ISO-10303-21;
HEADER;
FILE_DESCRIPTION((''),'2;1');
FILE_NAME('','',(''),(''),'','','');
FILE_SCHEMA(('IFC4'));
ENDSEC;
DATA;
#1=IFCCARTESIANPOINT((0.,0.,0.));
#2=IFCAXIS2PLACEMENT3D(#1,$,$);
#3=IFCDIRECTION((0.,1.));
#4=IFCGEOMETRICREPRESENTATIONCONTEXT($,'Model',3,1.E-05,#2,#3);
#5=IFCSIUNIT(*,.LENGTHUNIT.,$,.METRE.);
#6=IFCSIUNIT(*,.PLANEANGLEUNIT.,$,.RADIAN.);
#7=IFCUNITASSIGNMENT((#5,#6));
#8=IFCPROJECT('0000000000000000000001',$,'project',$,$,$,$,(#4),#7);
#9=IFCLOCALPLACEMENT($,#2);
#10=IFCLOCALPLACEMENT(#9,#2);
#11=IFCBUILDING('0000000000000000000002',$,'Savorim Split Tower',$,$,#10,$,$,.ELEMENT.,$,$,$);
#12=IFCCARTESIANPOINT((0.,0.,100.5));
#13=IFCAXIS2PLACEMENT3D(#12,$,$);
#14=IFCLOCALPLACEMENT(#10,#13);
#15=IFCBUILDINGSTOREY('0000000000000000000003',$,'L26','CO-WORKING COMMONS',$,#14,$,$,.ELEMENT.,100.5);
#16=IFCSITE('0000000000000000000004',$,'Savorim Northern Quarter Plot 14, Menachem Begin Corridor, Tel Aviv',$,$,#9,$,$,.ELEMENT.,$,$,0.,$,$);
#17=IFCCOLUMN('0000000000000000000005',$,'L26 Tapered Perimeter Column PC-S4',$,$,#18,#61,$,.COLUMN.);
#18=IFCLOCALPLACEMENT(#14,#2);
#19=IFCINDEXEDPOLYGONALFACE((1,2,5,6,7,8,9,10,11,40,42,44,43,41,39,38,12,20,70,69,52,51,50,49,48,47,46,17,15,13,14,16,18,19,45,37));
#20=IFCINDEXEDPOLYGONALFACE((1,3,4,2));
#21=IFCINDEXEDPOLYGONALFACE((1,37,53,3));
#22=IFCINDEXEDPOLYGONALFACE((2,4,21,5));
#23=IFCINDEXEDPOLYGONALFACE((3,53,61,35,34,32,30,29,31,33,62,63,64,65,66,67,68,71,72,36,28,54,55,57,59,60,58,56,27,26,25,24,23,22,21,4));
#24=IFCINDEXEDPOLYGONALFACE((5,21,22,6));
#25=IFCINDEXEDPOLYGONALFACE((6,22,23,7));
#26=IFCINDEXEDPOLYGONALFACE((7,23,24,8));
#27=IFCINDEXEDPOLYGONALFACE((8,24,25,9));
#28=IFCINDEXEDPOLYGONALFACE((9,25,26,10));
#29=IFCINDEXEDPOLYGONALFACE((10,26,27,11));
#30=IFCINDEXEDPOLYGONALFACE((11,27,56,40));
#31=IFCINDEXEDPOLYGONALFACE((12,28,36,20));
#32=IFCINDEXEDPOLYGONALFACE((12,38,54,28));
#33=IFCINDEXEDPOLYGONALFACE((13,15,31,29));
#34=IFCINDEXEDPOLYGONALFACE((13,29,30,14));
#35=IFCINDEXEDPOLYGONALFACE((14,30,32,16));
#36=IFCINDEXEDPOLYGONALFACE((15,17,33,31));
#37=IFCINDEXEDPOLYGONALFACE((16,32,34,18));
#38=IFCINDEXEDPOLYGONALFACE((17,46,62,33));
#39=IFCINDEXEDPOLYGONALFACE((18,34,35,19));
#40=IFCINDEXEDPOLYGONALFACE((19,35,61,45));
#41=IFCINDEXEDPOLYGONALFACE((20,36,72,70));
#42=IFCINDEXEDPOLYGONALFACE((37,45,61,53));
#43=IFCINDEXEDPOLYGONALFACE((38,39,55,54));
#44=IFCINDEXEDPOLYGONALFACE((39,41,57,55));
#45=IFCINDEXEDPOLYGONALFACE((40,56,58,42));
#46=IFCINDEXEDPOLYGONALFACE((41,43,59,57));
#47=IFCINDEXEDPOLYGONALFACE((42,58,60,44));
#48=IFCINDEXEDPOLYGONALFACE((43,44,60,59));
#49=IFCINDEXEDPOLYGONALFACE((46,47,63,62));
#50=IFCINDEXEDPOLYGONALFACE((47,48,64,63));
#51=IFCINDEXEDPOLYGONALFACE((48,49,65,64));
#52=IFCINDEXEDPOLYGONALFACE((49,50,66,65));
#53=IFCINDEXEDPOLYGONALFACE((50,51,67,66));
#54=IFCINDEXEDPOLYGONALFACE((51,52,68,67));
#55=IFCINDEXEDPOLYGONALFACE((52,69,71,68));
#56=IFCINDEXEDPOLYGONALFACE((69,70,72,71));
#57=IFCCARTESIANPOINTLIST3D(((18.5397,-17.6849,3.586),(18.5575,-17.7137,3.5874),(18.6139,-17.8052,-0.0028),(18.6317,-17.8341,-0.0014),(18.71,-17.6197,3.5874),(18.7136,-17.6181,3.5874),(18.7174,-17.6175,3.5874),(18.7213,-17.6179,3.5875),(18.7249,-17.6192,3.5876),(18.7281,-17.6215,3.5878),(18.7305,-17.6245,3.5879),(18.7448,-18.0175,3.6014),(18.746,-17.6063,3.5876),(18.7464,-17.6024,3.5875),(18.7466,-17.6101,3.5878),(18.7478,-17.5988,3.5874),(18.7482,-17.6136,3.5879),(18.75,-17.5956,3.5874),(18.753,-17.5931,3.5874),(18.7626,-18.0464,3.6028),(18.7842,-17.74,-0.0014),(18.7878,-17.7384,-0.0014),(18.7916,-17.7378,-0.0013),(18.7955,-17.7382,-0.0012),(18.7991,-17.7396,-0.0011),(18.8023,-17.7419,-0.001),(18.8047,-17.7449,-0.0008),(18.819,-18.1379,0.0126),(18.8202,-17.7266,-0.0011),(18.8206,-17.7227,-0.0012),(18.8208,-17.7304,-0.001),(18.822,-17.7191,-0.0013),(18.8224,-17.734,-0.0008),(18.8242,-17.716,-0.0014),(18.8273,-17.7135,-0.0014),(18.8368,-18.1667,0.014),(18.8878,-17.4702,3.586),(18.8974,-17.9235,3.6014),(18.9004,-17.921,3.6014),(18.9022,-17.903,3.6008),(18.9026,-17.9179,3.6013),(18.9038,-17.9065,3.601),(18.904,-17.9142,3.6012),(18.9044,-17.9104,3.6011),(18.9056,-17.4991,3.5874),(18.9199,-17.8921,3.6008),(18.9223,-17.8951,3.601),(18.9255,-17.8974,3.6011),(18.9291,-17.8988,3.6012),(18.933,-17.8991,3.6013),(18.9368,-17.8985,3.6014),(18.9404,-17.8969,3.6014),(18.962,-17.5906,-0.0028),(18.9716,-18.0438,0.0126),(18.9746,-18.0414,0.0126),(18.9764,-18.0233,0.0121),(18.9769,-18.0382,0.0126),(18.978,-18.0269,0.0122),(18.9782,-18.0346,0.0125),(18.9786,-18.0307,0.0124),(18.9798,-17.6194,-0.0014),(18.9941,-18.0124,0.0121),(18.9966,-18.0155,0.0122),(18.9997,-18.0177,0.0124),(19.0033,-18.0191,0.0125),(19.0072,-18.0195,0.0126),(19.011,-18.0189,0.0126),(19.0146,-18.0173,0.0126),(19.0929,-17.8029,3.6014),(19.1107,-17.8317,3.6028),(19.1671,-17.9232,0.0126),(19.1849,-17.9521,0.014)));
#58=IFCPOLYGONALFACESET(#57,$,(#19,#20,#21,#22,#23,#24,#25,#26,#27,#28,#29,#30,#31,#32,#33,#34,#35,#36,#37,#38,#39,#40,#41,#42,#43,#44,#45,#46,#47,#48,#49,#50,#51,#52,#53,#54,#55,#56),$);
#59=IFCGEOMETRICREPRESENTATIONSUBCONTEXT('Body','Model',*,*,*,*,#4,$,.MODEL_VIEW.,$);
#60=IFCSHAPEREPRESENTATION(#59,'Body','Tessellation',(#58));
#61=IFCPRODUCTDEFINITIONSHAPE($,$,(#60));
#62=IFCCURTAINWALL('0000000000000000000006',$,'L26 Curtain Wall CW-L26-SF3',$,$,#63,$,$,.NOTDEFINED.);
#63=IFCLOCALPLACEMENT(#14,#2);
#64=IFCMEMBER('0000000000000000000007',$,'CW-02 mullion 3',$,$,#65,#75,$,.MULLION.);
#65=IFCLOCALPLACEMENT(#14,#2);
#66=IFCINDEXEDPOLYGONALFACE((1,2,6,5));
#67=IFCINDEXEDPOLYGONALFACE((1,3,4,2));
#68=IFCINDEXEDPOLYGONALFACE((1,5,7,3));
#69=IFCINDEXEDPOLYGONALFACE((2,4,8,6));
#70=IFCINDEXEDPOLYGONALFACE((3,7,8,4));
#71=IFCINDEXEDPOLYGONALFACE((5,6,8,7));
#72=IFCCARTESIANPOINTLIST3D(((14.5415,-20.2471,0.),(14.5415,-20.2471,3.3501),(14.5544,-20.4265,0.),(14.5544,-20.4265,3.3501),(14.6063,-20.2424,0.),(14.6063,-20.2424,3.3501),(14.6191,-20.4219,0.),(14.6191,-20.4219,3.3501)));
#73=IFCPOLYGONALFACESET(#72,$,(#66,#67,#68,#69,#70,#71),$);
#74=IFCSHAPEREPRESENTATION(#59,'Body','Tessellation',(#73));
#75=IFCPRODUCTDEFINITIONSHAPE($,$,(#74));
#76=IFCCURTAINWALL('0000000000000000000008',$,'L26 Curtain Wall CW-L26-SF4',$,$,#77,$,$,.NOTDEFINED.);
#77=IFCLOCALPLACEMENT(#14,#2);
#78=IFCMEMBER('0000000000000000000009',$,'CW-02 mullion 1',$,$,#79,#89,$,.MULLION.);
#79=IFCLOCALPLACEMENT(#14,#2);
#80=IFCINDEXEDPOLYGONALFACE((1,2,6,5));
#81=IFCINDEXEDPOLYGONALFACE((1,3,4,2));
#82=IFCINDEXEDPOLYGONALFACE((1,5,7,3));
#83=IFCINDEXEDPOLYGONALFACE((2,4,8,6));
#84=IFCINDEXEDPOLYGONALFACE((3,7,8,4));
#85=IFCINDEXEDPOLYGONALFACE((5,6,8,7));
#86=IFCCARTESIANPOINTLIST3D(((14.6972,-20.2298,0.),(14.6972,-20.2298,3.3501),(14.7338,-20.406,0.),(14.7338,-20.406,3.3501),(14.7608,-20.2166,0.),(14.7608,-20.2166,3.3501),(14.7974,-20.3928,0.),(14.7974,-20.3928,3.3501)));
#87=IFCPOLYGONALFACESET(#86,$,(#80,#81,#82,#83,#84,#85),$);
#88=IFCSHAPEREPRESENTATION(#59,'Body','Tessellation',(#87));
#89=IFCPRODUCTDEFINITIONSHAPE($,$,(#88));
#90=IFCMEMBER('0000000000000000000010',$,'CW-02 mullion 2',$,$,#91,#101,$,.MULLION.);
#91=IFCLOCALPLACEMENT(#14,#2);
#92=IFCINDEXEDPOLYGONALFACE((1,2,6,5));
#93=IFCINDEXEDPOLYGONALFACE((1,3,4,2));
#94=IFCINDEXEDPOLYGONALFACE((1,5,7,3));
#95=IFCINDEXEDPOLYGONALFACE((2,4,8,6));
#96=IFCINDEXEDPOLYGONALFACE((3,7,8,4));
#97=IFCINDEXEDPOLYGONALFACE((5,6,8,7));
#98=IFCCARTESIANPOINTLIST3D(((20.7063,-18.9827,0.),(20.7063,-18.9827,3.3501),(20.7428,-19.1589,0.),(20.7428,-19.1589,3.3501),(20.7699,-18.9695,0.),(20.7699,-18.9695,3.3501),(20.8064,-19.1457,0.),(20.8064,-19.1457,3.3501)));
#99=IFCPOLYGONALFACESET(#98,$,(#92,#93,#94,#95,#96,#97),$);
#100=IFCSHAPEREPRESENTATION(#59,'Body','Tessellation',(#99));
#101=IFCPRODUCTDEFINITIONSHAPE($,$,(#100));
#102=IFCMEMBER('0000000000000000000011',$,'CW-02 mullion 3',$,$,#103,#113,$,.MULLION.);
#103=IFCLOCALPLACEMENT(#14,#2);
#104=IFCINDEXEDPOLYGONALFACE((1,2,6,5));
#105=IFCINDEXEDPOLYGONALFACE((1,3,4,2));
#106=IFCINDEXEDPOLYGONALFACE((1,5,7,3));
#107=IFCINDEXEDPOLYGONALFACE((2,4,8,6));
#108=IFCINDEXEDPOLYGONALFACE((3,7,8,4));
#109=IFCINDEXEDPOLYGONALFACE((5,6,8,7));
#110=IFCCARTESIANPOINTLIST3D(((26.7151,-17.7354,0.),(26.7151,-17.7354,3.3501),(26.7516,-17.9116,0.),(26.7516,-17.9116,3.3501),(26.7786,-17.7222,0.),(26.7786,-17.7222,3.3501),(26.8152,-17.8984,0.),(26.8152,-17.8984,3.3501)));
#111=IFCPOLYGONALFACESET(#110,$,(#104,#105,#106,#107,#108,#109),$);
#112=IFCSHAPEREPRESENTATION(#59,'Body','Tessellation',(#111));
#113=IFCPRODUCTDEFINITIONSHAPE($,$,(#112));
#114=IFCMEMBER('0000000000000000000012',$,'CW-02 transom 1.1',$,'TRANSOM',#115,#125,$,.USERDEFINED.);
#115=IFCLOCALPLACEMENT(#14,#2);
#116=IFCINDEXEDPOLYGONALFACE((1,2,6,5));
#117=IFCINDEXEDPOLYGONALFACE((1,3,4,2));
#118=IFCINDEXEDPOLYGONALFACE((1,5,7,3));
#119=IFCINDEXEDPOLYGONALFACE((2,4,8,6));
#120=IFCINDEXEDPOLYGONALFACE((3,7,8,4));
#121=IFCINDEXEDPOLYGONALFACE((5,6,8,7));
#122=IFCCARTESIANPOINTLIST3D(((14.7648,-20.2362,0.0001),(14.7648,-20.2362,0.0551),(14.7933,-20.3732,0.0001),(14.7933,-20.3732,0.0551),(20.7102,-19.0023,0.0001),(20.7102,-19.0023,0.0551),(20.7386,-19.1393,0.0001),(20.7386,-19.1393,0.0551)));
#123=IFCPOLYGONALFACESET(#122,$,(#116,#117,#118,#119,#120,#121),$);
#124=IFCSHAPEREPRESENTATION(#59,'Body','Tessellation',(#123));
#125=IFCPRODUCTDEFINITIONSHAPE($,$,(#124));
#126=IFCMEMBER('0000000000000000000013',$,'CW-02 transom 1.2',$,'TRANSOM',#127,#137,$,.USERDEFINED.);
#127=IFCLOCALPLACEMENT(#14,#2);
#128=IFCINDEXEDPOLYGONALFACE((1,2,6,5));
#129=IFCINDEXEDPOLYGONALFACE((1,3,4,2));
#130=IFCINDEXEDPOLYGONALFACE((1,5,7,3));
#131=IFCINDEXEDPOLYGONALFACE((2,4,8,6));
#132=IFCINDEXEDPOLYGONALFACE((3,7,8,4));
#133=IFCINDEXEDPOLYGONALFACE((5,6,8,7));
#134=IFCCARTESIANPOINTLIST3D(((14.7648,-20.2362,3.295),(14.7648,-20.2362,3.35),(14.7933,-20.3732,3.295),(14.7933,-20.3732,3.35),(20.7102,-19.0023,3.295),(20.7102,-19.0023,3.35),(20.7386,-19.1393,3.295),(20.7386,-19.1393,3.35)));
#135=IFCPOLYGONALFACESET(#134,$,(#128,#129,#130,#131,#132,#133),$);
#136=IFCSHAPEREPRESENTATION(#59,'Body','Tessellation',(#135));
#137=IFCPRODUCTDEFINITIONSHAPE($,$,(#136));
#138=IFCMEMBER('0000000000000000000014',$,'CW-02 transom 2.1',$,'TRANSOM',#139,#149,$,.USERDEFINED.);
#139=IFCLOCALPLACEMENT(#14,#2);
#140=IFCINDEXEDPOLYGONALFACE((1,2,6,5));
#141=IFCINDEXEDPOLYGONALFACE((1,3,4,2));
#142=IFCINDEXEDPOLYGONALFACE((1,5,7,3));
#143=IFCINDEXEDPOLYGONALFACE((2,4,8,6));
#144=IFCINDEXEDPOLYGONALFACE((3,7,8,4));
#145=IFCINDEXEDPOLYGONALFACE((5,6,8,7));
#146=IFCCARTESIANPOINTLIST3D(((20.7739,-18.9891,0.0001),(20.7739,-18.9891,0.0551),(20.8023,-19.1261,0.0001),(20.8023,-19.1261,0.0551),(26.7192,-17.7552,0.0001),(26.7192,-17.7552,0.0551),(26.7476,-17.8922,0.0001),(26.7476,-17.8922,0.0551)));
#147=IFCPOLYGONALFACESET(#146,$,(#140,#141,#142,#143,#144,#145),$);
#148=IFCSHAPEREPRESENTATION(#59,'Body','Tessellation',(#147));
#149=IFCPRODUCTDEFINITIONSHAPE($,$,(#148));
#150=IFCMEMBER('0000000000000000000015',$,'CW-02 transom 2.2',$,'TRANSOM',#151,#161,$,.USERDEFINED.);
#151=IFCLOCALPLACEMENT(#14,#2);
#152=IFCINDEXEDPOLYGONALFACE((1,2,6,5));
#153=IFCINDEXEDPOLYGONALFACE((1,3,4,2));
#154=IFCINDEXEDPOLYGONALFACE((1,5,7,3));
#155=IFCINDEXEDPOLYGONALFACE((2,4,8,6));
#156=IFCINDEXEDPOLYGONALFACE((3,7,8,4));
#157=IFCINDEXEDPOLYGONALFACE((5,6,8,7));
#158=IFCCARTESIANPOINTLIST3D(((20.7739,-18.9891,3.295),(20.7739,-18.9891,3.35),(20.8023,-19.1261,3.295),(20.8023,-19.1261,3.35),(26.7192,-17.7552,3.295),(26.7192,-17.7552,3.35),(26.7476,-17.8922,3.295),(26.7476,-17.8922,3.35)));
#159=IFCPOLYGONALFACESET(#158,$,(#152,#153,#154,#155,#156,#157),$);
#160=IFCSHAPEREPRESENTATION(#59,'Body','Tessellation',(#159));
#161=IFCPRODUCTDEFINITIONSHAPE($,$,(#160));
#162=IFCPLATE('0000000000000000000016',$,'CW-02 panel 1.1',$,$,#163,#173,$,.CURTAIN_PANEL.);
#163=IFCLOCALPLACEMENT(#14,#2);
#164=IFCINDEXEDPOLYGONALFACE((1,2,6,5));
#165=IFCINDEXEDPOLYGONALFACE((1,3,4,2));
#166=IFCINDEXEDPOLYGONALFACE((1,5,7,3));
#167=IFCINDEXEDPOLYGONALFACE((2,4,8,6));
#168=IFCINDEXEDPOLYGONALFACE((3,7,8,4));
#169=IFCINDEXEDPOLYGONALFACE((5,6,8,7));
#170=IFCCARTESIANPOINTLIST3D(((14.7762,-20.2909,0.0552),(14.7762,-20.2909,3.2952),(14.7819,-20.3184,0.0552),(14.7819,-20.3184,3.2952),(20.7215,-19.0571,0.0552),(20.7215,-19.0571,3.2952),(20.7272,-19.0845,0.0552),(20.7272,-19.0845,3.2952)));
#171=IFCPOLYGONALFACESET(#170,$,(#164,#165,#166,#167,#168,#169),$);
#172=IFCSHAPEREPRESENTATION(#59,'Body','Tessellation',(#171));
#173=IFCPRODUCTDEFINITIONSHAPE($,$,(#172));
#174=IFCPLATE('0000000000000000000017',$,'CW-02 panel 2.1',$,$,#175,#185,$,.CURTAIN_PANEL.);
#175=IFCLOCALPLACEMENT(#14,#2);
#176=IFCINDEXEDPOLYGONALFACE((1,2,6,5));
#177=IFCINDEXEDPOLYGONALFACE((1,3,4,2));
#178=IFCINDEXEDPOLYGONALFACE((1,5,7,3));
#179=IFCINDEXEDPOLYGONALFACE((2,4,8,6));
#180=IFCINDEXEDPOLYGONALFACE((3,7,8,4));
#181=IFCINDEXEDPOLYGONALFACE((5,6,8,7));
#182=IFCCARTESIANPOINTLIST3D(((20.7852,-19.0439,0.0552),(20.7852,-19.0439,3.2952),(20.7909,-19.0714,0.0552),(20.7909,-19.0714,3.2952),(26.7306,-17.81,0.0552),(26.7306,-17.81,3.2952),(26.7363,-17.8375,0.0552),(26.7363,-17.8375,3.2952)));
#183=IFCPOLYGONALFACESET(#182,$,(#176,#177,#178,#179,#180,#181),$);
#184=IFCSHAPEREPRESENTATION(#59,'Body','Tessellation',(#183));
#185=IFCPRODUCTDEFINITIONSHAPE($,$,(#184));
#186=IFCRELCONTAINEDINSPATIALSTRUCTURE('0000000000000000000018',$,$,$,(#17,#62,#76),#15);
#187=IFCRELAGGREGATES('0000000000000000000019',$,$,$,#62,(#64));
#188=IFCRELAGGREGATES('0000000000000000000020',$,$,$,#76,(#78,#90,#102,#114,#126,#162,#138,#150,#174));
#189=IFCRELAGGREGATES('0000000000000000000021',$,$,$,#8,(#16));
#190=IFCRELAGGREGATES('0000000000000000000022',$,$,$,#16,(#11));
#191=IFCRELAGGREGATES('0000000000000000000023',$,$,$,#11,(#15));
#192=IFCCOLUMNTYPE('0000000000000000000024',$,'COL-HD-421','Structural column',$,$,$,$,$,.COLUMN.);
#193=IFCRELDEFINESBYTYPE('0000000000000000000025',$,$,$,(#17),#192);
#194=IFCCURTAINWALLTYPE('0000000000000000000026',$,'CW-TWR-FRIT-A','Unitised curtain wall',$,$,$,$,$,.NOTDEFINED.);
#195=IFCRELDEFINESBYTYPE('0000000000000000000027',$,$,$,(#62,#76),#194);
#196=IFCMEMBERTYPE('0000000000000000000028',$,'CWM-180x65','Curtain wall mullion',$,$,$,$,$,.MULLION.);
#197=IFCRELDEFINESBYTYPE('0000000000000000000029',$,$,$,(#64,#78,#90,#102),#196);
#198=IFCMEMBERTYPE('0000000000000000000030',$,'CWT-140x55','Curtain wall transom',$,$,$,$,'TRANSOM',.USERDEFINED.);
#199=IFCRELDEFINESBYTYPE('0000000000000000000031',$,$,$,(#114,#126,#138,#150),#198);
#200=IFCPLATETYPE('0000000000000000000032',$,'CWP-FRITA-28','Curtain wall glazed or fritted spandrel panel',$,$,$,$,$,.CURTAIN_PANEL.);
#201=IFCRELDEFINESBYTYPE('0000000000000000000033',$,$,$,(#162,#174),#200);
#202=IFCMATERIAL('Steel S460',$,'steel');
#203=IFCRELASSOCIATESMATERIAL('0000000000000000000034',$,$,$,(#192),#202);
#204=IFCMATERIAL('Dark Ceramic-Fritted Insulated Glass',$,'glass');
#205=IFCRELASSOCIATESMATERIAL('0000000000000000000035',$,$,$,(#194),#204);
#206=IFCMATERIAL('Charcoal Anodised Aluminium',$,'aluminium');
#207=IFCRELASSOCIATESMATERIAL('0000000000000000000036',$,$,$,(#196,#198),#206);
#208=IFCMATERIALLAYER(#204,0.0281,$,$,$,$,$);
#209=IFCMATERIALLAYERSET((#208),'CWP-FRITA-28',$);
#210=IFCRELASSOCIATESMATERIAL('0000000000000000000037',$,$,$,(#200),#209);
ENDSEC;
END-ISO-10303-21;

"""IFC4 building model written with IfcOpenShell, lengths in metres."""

from ifc_helpers import new_model, si_unit, direction, frame, origin, origin_2d, place, context, subcontext, project, spatial, rectangle, i_section, extrude, material, layer, layer_set, material_profile, profile_set, type_object, element, aggregate, save


model = new_model("IFC4")

# Units and contexts
model_context = context("Model", 3, precision=1e-05, world=origin(), true_north=direction((0.0, 1.0)))
body_context = subcontext(model_context, "Body", "Model", "MODEL_VIEW")
ifc_project = project(units=[si_unit("LENGTHUNIT", "METRE"), si_unit("PLANEANGLEUNIT", "RADIAN")], contexts=[model_context])

# Site, building, storey
site_placement = place(None, origin())
site = spatial("IfcSite", under=ifc_project, at=site_placement, Name="Savorim Northern Quarter Plot 14, Menachem Begin Corridor, Tel Aviv", CompositionType="ELEMENT", RefElevation=0.0)
building_placement = place(site_placement, origin())
building = spatial("IfcBuilding", under=site, at=building_placement, Name="Savorim Split Tower", CompositionType="ELEMENT")
storey_placement = place(building_placement, frame((0.0, 0.0, 100.5)))
storey = spatial("IfcBuildingStorey", under=building, at=storey_placement, Name="L26", Description="CO-WORKING COMMONS", CompositionType="ELEMENT", Elevation=100.5)

# Column
ifc_material_1 = material(Name="Steel S460", Category="steel")
ifc_material_profile_1 = material_profile(ifc_material_1, i_section(OverallWidth=0.4089, OverallDepth=0.425, WebThickness=0.0208, FlangeThickness=0.0339, FilletRadius=0.0149, at=origin_2d()), Name="HD 400x421")
ifc_profile_set_1 = profile_set([ifc_material_profile_1], Name="Steel S460")
column_type = type_object("IfcColumnType", Name="COL-HD-421", Description="Structural column", PredefinedType="COLUMN", material=ifc_profile_set_1)
column_placement = place(storey_placement, frame((18.8994, -17.8787, 0.0056), z_axis=(-0.020664, 0.033511, 0.999225), x_axis=(-0.851184, -0.524868, 0.0)))
element("IfcColumn", 1, at=column_placement, inside=storey, type_object=column_type, Name="L26 Tapered Perimeter Column PC-S4", PredefinedType="COLUMN", context=body_context, shape_type="SweptSolid", body=[
    extrude(i_section(OverallWidth=0.4089, OverallDepth=0.425, WebThickness=0.0208, FlangeThickness=0.0339, FilletRadius=0.0149, at=origin_2d()), origin(), (0.0, 0.0, 1.0), 3.5916),
])

# Curtain wall, member
ifc_material_2 = material(Name="Dark Ceramic-Fritted Insulated Glass", Category="glass")
curtain_wall_type = type_object("IfcCurtainWallType", Name="CW-TWR-FRIT-A", Description="Unitised curtain wall", PredefinedType="NOTDEFINED", material=ifc_material_2)
curtain_wall_1_placement = place(storey_placement, origin())
curtain_wall_1 = element("IfcCurtainWall", 2, at=curtain_wall_1_placement, inside=storey, type_object=curtain_wall_type, Name="L26 Curtain Wall CW-L26-SF3", PredefinedType="NOTDEFINED")
ifc_material_3 = material(Name="Charcoal Anodised Aluminium", Category="aluminium")
ifc_material_profile_2 = material_profile(ifc_material_3, rectangle(XDim=0.1799, YDim=0.0649, at=origin_2d()), Name="ALU-M 180x65")
ifc_profile_set_2 = profile_set([ifc_material_profile_2], Name="Charcoal Anodised Aluminium")
member_type_1 = type_object("IfcMemberType", Name="CWM-180x65", Description="Curtain wall mullion", PredefinedType="MULLION", material=ifc_profile_set_2)
member_1_placement = place(storey_placement, frame((14.5803, -20.3345, 0.0), z_axis=(0.0, 0.0, 1.0), x_axis=(-0.071561, 0.997436, 0.0)))
member_1 = element("IfcMember", 3, at=member_1_placement, type_object=member_type_1, Name="CW-02 mullion 3", PredefinedType="MULLION", context=body_context, shape_type="SweptSolid", body=[
    extrude(rectangle(XDim=0.1799, YDim=0.0649, at=origin_2d()), origin(), (0.0, 0.0, 1.0), 3.3501),
])
aggregate(curtain_wall_1, [member_1])

# Curtain wall, members, plates
curtain_wall_2_placement = place(storey_placement, origin())
curtain_wall_2 = element("IfcCurtainWall", 4, at=curtain_wall_2_placement, inside=storey, type_object=curtain_wall_type, Name="L26 Curtain Wall CW-L26-SF4", PredefinedType="NOTDEFINED")
member_2_placement = place(storey_placement, frame((14.7473, -20.3113, 0.0), z_axis=(0.0, 0.0, 1.0), x_axis=(-0.20321, 0.979135, 0.0)))
member_2 = element("IfcMember", 5, at=member_2_placement, type_object=member_type_1, Name="CW-02 mullion 1", PredefinedType="MULLION", context=body_context, shape_type="SweptSolid", body=[
    extrude(rectangle(XDim=0.1799, YDim=0.0649, at=origin_2d()), origin(), (0.0, 0.0, 1.0), 3.3501),
])
member_3_placement = place(storey_placement, frame((20.7563, -19.0642, 0.0), z_axis=(0.0, 0.0, 1.0), x_axis=(-0.20321, 0.979135, 0.0)))
member_3 = element("IfcMember", 6, at=member_3_placement, type_object=member_type_1, Name="CW-02 mullion 2", PredefinedType="MULLION", context=body_context, shape_type="SweptSolid", body=[
    extrude(rectangle(XDim=0.1799, YDim=0.0649, at=origin_2d()), origin(), (0.0, 0.0, 1.0), 3.3501),
])
member_4_placement = place(storey_placement, frame((26.7651, -17.8169, 0.0), z_axis=(0.0, 0.0, 1.0), x_axis=(-0.20321, 0.979135, 0.0)))
member_4 = element("IfcMember", 7, at=member_4_placement, type_object=member_type_1, Name="CW-02 mullion 3", PredefinedType="MULLION", context=body_context, shape_type="SweptSolid", body=[
    extrude(rectangle(XDim=0.1799, YDim=0.0649, at=origin_2d()), origin(), (0.0, 0.0, 1.0), 3.3501),
])
ifc_material_profile_3 = material_profile(ifc_material_3, rectangle(XDim=0.1399, YDim=0.0549, at=origin_2d()), Name="ALU-T 140x55")
ifc_profile_set_3 = profile_set([ifc_material_profile_3], Name="Charcoal Anodised Aluminium")
member_type_2 = type_object("IfcMemberType", Name="CWT-140x55", Description="Curtain wall transom", ElementType="TRANSOM", PredefinedType="USERDEFINED", material=ifc_profile_set_3)
member_5_placement = place(storey_placement, frame((14.7791, -20.3047, 0.0276), z_axis=(0.979135, 0.203209, 0.0), x_axis=(-0.203209, 0.979135, 0.0)))
member_5 = element("IfcMember", 8, at=member_5_placement, type_object=member_type_2, Name="CW-02 transom 1.1", ObjectType="TRANSOM", PredefinedType="USERDEFINED", context=body_context, shape_type="SweptSolid", body=[
    extrude(rectangle(XDim=0.1399, YDim=0.0549, at=origin_2d()), origin(), (0.0, 0.0, 1.0), 6.072),
])
member_6_placement = place(storey_placement, frame((14.7791, -20.3047, 3.3225), z_axis=(0.979135, 0.203209, 0.0), x_axis=(-0.203209, 0.979135, 0.0)))
member_6 = element("IfcMember", 9, at=member_6_placement, type_object=member_type_2, Name="CW-02 transom 1.2", ObjectType="TRANSOM", PredefinedType="USERDEFINED", context=body_context, shape_type="SweptSolid", body=[
    extrude(rectangle(XDim=0.1399, YDim=0.0549, at=origin_2d()), origin(), (0.0, 0.0, 1.0), 6.072),
])
member_7_placement = place(storey_placement, frame((20.7881, -19.0576, 0.0276), z_axis=(0.979135, 0.203209, 0.0), x_axis=(-0.203209, 0.979135, 0.0)))
member_7 = element("IfcMember", 10, at=member_7_placement, type_object=member_type_2, Name="CW-02 transom 2.1", ObjectType="TRANSOM", PredefinedType="USERDEFINED", context=body_context, shape_type="SweptSolid", body=[
    extrude(rectangle(XDim=0.1399, YDim=0.0549, at=origin_2d()), origin(), (0.0, 0.0, 1.0), 6.072),
])
member_8_placement = place(storey_placement, frame((20.7881, -19.0576, 3.3225), z_axis=(0.979135, 0.203209, 0.0), x_axis=(-0.203209, 0.979135, 0.0)))
member_8 = element("IfcMember", 11, at=member_8_placement, type_object=member_type_2, Name="CW-02 transom 2.2", ObjectType="TRANSOM", PredefinedType="USERDEFINED", context=body_context, shape_type="SweptSolid", body=[
    extrude(rectangle(XDim=0.1399, YDim=0.0549, at=origin_2d()), origin(), (0.0, 0.0, 1.0), 6.072),
])
ifc_layer = layer(ifc_material_2, 0.0281)
ifc_layer_set = layer_set([ifc_layer], Name="CWP-FRITA-28")
plate_type = type_object("IfcPlateType", Name="CWP-FRITA-28", Description="Curtain wall glazed or fritted spandrel panel", PredefinedType="CURTAIN_PANEL", material=ifc_layer_set)
plate_1_placement = place(storey_placement, frame((17.7517, -19.6877, 0.0552), z_axis=(0.0, 0.0, 1.0), x_axis=(0.979135, 0.20321, 0.0)))
plate_1 = element("IfcPlate", 12, at=plate_1_placement, type_object=plate_type, Name="CW-02 panel 1.1", PredefinedType="CURTAIN_PANEL", context=body_context, shape_type="SweptSolid", body=[
    extrude(rectangle(XDim=6.072, YDim=0.0281, at=origin_2d()), origin(), (0.0, 0.0, 1.0), 3.24),
])
plate_2_placement = place(storey_placement, frame((23.7607, -18.4407, 0.0552), z_axis=(0.0, 0.0, 1.0), x_axis=(0.979135, 0.20321, 0.0)))
plate_2 = element("IfcPlate", 13, at=plate_2_placement, type_object=plate_type, Name="CW-02 panel 2.1", PredefinedType="CURTAIN_PANEL", context=body_context, shape_type="SweptSolid", body=[
    extrude(rectangle(XDim=6.072, YDim=0.0281, at=origin_2d()), origin(), (0.0, 0.0, 1.0), 3.24),
])
aggregate(curtain_wall_2, [member_2, member_3, member_4, member_5, member_6, plate_1, member_7, member_8, plate_2])

save(model, "model.ifc")
